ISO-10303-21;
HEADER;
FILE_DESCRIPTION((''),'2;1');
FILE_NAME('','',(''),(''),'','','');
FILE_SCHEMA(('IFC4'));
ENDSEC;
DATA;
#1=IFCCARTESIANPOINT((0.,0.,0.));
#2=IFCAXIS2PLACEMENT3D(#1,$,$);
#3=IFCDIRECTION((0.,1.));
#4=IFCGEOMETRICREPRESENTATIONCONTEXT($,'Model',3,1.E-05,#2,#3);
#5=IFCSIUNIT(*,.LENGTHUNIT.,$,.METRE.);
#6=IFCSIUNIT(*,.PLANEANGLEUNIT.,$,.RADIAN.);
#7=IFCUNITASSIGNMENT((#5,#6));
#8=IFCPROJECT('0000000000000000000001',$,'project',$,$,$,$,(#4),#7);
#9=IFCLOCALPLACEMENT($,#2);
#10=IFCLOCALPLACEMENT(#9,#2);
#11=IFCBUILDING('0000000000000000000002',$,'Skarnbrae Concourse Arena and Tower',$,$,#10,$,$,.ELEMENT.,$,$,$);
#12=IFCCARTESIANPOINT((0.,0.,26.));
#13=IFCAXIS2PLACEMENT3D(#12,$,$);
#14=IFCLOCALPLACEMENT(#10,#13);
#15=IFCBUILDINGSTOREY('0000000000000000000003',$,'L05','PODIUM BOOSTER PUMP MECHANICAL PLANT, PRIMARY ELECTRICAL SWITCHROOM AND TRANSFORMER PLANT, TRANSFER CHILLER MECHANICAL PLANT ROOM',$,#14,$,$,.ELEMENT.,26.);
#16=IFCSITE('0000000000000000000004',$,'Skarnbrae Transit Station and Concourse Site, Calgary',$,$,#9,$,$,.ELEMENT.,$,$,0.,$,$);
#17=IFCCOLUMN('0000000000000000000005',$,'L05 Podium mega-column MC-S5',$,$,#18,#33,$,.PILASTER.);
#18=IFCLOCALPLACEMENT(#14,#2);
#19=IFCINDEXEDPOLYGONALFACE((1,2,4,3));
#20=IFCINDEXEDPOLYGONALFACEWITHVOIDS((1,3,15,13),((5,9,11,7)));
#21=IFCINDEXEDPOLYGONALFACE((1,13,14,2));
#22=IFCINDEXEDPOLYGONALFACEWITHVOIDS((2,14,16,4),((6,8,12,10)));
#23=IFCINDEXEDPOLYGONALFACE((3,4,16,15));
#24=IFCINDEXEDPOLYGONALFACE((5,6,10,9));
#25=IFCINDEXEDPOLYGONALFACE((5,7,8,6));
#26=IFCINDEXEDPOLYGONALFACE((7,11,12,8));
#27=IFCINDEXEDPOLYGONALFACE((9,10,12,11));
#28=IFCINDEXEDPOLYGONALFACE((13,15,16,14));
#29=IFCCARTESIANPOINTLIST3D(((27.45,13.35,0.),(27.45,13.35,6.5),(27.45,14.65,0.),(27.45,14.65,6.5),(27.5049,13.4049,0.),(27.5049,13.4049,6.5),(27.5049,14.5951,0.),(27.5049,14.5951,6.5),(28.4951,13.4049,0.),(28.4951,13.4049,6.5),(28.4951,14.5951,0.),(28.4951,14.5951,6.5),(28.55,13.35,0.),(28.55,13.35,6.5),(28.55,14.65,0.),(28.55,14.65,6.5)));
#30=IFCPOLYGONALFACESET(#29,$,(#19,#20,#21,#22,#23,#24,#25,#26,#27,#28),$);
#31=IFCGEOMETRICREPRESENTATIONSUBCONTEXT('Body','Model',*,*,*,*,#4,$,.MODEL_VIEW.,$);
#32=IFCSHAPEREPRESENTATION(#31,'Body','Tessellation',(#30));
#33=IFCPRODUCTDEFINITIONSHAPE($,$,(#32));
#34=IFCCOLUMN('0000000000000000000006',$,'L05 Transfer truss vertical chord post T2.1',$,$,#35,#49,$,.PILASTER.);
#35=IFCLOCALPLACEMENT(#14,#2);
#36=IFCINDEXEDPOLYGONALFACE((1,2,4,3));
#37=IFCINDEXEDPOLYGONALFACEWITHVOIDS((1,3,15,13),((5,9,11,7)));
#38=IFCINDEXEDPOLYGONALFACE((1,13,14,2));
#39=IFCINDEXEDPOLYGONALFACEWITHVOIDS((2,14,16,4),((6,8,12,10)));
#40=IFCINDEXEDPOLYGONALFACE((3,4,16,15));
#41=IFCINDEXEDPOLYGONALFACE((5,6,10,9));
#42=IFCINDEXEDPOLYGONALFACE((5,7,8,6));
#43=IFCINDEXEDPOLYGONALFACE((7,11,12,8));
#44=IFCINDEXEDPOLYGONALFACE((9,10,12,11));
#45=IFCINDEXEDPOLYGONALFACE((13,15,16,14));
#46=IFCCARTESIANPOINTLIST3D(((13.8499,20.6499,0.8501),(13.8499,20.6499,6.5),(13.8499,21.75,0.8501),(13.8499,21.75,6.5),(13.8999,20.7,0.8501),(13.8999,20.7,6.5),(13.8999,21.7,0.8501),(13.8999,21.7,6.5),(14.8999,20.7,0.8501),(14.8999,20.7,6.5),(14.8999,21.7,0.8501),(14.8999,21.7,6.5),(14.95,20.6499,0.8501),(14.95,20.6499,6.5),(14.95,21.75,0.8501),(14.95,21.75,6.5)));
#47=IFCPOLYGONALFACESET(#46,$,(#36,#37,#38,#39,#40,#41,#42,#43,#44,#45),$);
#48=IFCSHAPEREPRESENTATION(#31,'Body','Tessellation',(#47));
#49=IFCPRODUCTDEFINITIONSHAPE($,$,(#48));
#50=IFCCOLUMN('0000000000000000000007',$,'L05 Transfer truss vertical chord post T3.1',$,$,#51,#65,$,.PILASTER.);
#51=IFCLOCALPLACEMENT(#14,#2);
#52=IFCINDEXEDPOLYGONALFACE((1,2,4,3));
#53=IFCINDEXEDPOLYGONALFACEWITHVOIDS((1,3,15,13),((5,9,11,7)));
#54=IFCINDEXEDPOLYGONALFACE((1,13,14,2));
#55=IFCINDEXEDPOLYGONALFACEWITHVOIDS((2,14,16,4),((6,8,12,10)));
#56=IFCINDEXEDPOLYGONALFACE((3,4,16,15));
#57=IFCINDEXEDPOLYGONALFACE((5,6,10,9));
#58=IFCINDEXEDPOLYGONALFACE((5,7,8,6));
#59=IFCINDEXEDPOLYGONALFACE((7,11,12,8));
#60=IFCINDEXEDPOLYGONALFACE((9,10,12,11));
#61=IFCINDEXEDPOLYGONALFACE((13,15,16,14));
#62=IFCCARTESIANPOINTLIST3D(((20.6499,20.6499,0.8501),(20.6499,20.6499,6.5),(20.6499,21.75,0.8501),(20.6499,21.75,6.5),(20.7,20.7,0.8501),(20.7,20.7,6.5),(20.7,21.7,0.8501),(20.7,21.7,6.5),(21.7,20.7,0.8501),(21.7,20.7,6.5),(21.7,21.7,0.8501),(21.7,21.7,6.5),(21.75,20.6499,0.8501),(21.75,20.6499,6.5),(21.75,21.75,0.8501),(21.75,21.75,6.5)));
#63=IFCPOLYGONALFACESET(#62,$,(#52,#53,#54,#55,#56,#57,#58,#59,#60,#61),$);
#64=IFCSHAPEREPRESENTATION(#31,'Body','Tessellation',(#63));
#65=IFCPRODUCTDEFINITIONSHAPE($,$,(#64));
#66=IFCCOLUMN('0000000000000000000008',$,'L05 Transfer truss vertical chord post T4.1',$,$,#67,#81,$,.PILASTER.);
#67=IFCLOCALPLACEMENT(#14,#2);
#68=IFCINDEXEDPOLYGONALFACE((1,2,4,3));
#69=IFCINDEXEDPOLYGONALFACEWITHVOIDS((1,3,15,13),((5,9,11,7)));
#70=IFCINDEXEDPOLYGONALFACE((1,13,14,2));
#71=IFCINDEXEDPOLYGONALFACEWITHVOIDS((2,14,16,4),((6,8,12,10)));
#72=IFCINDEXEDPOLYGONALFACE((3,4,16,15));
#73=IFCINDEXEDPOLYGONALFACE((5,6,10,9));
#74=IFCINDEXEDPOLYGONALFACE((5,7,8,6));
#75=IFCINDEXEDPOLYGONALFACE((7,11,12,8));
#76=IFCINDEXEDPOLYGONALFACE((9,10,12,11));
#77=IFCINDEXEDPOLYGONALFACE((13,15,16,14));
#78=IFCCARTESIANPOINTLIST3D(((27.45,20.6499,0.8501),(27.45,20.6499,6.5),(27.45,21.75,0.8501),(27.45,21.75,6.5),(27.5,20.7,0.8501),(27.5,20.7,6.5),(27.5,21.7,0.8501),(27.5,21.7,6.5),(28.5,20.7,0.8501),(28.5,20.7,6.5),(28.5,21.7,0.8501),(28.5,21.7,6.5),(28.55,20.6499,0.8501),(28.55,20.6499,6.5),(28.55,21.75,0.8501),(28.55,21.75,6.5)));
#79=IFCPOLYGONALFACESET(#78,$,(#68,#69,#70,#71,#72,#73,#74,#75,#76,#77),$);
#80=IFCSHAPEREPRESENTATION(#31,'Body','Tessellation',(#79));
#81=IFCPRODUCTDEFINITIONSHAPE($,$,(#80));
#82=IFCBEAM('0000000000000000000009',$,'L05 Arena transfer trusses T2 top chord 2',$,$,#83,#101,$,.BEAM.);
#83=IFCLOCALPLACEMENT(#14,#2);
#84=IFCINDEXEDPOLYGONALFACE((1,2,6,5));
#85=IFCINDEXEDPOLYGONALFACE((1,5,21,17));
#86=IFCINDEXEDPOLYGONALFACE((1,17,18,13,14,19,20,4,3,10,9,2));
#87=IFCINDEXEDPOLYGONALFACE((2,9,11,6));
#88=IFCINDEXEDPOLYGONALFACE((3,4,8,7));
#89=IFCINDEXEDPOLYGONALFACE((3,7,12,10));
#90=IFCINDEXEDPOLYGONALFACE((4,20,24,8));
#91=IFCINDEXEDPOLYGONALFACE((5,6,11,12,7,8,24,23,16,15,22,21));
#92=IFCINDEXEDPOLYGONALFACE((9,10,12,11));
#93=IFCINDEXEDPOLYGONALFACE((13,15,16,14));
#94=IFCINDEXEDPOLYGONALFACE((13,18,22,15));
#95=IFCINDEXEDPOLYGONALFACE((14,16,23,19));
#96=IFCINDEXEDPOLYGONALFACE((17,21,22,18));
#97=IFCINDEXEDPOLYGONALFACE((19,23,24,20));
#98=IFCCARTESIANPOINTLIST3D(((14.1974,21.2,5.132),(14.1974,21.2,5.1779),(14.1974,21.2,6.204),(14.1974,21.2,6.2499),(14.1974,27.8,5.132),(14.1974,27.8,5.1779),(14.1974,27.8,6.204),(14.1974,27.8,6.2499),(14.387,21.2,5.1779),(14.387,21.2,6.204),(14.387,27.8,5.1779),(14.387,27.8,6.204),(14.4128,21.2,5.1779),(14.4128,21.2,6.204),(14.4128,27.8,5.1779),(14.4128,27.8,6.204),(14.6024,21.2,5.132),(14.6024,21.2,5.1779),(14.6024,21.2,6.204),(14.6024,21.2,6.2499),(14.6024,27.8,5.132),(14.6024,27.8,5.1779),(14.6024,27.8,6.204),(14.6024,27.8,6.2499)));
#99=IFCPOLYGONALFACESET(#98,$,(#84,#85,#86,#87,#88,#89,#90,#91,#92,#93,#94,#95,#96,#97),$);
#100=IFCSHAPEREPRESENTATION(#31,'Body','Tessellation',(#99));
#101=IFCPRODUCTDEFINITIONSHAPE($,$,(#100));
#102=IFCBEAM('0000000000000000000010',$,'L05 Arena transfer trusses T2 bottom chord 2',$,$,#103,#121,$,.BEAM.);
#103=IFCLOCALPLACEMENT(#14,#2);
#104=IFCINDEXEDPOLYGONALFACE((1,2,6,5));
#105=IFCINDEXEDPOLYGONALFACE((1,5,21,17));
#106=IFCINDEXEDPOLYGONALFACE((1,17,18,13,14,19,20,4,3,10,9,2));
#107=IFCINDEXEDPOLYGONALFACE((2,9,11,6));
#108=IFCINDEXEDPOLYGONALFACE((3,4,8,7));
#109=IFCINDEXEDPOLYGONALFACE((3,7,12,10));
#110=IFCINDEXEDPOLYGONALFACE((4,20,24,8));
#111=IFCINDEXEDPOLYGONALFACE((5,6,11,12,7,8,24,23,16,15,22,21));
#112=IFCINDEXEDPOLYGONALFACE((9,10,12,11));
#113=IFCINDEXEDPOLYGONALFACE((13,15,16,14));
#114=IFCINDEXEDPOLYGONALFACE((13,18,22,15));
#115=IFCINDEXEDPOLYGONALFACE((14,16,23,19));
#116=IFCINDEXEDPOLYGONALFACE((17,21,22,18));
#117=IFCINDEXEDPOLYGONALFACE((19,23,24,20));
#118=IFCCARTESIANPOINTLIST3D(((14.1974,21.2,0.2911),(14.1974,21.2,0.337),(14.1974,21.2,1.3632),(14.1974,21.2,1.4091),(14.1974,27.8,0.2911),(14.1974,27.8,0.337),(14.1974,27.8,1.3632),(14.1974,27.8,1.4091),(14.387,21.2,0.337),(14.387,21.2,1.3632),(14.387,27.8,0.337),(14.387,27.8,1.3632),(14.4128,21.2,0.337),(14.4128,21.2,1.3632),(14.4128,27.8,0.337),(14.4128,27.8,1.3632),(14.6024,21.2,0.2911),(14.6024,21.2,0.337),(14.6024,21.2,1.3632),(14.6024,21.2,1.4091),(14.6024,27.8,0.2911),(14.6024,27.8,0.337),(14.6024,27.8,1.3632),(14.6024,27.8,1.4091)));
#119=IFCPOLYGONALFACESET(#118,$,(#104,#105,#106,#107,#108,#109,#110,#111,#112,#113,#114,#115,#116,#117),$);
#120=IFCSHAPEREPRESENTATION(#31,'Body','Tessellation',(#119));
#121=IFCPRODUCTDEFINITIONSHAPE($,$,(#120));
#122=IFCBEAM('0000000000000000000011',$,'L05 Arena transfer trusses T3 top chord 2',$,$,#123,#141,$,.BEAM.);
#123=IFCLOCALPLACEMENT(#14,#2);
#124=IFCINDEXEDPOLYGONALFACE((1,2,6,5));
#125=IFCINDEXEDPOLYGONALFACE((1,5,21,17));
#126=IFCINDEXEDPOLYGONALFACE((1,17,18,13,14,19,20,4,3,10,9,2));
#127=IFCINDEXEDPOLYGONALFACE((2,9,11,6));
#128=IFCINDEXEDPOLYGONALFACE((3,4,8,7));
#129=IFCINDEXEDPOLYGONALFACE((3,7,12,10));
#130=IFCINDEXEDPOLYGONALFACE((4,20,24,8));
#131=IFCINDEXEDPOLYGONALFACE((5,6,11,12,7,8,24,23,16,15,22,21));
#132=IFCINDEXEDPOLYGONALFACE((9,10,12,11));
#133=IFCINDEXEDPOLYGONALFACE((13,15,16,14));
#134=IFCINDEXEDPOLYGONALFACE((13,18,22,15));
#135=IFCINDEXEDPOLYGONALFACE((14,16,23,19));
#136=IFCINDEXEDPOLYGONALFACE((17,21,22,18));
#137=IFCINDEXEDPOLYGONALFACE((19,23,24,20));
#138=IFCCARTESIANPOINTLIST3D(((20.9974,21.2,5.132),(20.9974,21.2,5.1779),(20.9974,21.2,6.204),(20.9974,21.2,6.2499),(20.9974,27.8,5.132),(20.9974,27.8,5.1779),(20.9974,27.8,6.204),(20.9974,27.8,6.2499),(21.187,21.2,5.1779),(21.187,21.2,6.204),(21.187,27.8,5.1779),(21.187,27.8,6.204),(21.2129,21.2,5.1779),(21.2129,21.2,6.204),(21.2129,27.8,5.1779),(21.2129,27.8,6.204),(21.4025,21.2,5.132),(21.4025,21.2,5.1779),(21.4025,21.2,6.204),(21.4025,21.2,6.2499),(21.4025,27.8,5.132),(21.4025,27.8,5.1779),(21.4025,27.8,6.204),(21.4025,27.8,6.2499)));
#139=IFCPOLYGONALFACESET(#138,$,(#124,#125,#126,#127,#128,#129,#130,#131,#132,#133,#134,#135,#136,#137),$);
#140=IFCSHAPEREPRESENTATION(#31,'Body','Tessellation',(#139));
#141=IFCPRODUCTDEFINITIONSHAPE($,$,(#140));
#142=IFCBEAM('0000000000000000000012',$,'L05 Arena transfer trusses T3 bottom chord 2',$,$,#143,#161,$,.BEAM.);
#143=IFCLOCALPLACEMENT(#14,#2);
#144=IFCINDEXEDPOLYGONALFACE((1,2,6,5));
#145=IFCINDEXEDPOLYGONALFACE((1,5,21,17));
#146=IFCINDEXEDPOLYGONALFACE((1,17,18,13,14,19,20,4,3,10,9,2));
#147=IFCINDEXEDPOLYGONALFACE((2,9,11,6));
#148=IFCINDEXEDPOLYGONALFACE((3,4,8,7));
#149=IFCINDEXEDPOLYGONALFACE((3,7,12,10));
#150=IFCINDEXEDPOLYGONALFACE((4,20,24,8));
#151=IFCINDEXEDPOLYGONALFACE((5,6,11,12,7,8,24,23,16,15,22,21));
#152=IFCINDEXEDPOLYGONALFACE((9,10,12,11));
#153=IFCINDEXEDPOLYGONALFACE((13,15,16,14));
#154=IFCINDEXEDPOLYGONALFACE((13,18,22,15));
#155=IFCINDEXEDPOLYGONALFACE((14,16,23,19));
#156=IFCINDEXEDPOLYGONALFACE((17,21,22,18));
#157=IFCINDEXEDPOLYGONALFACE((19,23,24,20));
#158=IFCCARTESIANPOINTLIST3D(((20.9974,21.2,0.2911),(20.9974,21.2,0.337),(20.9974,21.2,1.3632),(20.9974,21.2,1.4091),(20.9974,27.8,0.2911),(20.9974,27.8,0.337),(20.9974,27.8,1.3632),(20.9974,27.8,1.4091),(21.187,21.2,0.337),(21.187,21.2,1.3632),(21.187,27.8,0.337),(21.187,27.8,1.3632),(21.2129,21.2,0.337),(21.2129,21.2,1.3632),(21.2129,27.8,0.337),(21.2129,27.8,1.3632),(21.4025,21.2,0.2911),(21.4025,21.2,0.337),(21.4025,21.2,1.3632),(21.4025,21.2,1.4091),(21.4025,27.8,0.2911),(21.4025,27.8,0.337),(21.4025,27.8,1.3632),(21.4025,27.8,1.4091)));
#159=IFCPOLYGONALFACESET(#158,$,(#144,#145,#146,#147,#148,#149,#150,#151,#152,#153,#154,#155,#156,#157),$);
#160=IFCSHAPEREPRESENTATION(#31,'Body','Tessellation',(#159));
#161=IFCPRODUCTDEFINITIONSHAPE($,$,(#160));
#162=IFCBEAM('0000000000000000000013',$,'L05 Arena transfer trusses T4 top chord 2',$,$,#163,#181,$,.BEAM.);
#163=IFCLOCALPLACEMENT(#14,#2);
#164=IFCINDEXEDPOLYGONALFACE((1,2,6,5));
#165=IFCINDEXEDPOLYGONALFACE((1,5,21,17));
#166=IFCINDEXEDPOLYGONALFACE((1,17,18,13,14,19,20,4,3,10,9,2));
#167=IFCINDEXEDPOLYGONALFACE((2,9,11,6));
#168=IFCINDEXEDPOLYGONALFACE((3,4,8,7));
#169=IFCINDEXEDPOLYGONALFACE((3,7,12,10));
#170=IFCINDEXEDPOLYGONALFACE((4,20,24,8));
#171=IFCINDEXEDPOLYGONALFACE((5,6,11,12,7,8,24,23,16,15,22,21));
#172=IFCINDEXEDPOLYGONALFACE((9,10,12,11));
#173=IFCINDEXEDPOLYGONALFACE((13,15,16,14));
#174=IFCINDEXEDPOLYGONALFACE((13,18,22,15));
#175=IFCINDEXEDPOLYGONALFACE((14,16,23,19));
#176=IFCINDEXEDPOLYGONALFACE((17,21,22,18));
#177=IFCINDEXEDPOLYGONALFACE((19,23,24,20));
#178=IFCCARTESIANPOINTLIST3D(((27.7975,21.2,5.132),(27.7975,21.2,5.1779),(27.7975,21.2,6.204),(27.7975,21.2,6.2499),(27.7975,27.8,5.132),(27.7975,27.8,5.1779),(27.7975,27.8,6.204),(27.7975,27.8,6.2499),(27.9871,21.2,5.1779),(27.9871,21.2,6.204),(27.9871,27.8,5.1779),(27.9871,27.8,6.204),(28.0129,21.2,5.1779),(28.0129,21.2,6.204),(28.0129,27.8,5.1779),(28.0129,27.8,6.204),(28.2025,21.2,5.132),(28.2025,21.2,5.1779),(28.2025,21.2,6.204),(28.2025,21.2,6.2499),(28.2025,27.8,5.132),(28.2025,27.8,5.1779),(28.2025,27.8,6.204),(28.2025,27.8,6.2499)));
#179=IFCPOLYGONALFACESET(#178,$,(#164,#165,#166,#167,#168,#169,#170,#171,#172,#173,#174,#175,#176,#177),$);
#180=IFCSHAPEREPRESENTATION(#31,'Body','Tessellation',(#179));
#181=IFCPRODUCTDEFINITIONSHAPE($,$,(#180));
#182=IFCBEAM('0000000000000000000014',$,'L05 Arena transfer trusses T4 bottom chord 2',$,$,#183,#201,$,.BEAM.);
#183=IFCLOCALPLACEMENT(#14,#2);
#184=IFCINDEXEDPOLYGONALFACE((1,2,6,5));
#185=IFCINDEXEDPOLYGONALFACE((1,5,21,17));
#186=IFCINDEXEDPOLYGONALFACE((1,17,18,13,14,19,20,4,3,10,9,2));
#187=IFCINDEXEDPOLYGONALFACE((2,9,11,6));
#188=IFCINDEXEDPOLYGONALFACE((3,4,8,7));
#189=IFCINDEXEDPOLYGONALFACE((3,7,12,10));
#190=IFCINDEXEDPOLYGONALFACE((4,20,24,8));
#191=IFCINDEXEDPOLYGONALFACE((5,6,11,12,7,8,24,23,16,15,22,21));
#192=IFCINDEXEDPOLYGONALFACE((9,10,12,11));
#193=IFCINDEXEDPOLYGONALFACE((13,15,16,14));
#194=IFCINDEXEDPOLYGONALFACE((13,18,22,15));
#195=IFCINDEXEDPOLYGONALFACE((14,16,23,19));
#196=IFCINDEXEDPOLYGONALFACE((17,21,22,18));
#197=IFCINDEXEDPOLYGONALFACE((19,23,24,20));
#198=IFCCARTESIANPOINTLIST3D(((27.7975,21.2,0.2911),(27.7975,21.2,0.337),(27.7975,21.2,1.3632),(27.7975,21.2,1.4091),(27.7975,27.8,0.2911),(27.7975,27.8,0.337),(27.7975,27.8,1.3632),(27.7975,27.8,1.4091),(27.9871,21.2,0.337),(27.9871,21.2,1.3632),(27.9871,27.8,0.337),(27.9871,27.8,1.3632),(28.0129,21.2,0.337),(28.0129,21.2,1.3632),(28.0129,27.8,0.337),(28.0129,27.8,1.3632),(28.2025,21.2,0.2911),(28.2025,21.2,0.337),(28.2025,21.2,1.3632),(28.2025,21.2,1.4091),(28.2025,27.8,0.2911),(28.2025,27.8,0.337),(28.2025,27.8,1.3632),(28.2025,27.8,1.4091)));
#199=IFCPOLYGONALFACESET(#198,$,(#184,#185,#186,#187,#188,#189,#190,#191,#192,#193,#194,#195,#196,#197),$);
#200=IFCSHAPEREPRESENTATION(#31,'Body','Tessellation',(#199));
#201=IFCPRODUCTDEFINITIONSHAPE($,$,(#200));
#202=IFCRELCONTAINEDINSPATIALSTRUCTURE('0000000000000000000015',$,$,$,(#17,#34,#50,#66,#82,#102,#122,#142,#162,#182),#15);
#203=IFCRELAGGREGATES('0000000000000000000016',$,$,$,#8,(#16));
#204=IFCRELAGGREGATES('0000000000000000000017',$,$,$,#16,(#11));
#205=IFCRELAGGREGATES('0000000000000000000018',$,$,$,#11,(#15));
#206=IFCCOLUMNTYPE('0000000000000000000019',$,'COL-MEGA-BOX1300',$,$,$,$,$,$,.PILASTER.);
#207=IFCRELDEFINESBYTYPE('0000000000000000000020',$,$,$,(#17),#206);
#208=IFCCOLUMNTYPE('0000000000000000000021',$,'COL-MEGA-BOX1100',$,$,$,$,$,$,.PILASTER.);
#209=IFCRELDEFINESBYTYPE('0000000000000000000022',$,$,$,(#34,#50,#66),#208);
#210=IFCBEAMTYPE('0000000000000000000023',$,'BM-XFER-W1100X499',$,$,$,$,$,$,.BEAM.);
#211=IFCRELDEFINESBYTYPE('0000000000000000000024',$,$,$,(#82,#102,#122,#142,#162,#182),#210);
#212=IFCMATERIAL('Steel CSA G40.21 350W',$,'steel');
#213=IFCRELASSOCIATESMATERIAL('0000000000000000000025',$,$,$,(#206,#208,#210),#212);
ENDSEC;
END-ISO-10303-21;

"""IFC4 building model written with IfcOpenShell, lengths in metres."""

from ifc_helpers import new_model, si_unit, direction, frame, origin, origin_2d, place, context, subcontext, project, spatial, hollow_rectangle, i_section, extrude, source, transform, mapped, material, material_profile, profile_set, type_object, element, save


model = new_model("IFC4")

# Units and contexts
model_context = context("Model", 3, precision=1e-05, world=origin(), true_north=direction((0.0, 1.0)))
body_context = subcontext(model_context, "Body", "Model", "MODEL_VIEW")
ifc_project = project(units=[si_unit("LENGTHUNIT", "METRE"), si_unit("PLANEANGLEUNIT", "RADIAN")], contexts=[model_context])

# Site, building, storey
site_placement = place(None, origin())
site = spatial("IfcSite", under=ifc_project, at=site_placement, Name="Skarnbrae Transit Station and Concourse Site, Calgary", CompositionType="ELEMENT", RefElevation=0.0)
building_placement = place(site_placement, origin())
building = spatial("IfcBuilding", under=site, at=building_placement, Name="Skarnbrae Concourse Arena and Tower", CompositionType="ELEMENT")
storey_placement = place(building_placement, frame((0.0, 0.0, 26.0)))
storey = spatial("IfcBuildingStorey", under=building, at=storey_placement, Name="L05", Description="PODIUM BOOSTER PUMP MECHANICAL PLANT, PRIMARY ELECTRICAL SWITCHROOM AND TRANSFORMER PLANT, TRANSFER CHILLER MECHANICAL PLANT ROOM", CompositionType="ELEMENT", Elevation=26.0)

# Columns
ifc_material_1 = material(Name="Steel CSA G40.21 350W", Category="steel")
ifc_material_profile_1 = material_profile(ifc_material_1, hollow_rectangle(XDim=1.1001, YDim=1.3, WallThickness=0.0549, at=origin_2d()), Name="BOX1300X1100X55")
ifc_profile_set_1 = profile_set([ifc_material_profile_1], Name="Steel CSA G40.21 350W")
column_type_1 = type_object("IfcColumnType", Name="COL-MEGA-BOX1300", PredefinedType="PILASTER", material=ifc_profile_set_1)
shared_shape_1 = source(origin(), body_context, "Body", "SweptSolid", [
    extrude(hollow_rectangle(XDim=1.1001, YDim=1.3, WallThickness=0.0549, at=origin_2d()), origin(), (0.0, 0.0, 1.0), 6.5),
])
column_placement = place(storey_placement, frame((28.0, 14.0, 0.0), z_axis=(0.0, 0.0, 1.0), x_axis=(1.0, 0.0, 0.0)))
element("IfcColumn", 1, at=column_placement, inside=storey, type_object=column_type_1, Name="L05 Podium mega-column MC-S5", PredefinedType="PILASTER", context=body_context, shape_type="MappedRepresentation", body=[
    mapped(shared_shape_1, transform((0.0, 0.0, 0.0))),
])
ifc_material_profile_2 = material_profile(ifc_material_1, hollow_rectangle(XDim=1.1001, YDim=1.1001, WallThickness=0.05, at=origin_2d()), Name="BOX1100X1100X50")
ifc_profile_set_2 = profile_set([ifc_material_profile_2], Name="Steel CSA G40.21 350W")
column_type_2 = type_object("IfcColumnType", Name="COL-MEGA-BOX1100", PredefinedType="PILASTER", material=ifc_profile_set_2)
shared_shape_2 = source(origin(), body_context, "Body", "SweptSolid", [
    extrude(hollow_rectangle(XDim=1.1001, YDim=1.1001, WallThickness=0.05, at=origin_2d()), origin(), (0.0, 0.0, 1.0), 5.6499),
])
for number, where, z_axis, x_axis, name in (
    (2, (14.3999, 21.2, 0.8501), (0.0, 0.0, 1.0), (1.0, 0.0, 0.0), "L05 Transfer truss vertical chord post T2.1"),
    (3, (21.2, 21.2, 0.8501), (0.0, 0.0, 1.0), (1.0, 0.0, 0.0), "L05 Transfer truss vertical chord post T3.1"),
    (4, (28.0, 21.2, 0.8501), (0.0, 0.0, 1.0), (1.0, 0.0, 0.0), "L05 Transfer truss vertical chord post T4.1"),
):
    element("IfcColumn", number, at=place(storey_placement, frame(where, z_axis=z_axis, x_axis=x_axis)), inside=storey, type_object=column_type_2, Name=name, PredefinedType="PILASTER", context=body_context, shape_type="MappedRepresentation", body=[
        mapped(shared_shape_2, transform((0.0, 0.0, 0.0))),
    ])

# Beams
ifc_material_profile_3 = material_profile(ifc_material_1, i_section(OverallWidth=0.405, OverallDepth=1.1179, WebThickness=0.0259, FlangeThickness=0.0459, at=origin_2d()), Name="W1100X499")
ifc_profile_set_3 = profile_set([ifc_material_profile_3], Name="Steel CSA G40.21 350W")
beam_type = type_object("IfcBeamType", Name="BM-XFER-W1100X499", PredefinedType="BEAM", material=ifc_profile_set_3)
shared_shape_3 = source(origin(), body_context, "Body", "SweptSolid", [
    extrude(i_section(OverallWidth=0.405, OverallDepth=1.1179, WebThickness=0.0259, FlangeThickness=0.0459, at=origin_2d()), origin(), (0.0, 0.0, 1.0), 6.6001),
])
for number, where, z_axis, x_axis, name in (
    (5, (14.3999, 21.2, 5.6909), (0.0, 1.0, 0.0), (-1.0, 0.0, 0.0), "L05 Arena transfer trusses T2 top chord 2"),
    (6, (14.3999, 21.2, 0.8501), (0.0, 1.0, 0.0), (-1.0, 0.0, 0.0), "L05 Arena transfer trusses T2 bottom chord 2"),
    (7, (21.2, 21.2, 5.6909), (0.0, 1.0, 0.0), (-1.0, 0.0, 0.0), "L05 Arena transfer trusses T3 top chord 2"),
    (8, (21.2, 21.2, 0.8501), (0.0, 1.0, 0.0), (-1.0, 0.0, 0.0), "L05 Arena transfer trusses T3 bottom chord 2"),
    (9, (28.0, 21.2, 5.6909), (0.0, 1.0, 0.0), (-1.0, 0.0, 0.0), "L05 Arena transfer trusses T4 top chord 2"),
    (10, (28.0, 21.2, 0.8501), (0.0, 1.0, 0.0), (-1.0, 0.0, 0.0), "L05 Arena transfer trusses T4 bottom chord 2"),
):
    element("IfcBeam", number, at=place(storey_placement, frame(where, z_axis=z_axis, x_axis=x_axis)), inside=storey, type_object=beam_type, Name=name, PredefinedType="BEAM", context=body_context, shape_type="MappedRepresentation", body=[
        mapped(shared_shape_3, transform((0.0, 0.0, 0.0))),
    ])

save(model, "model.ifc")
